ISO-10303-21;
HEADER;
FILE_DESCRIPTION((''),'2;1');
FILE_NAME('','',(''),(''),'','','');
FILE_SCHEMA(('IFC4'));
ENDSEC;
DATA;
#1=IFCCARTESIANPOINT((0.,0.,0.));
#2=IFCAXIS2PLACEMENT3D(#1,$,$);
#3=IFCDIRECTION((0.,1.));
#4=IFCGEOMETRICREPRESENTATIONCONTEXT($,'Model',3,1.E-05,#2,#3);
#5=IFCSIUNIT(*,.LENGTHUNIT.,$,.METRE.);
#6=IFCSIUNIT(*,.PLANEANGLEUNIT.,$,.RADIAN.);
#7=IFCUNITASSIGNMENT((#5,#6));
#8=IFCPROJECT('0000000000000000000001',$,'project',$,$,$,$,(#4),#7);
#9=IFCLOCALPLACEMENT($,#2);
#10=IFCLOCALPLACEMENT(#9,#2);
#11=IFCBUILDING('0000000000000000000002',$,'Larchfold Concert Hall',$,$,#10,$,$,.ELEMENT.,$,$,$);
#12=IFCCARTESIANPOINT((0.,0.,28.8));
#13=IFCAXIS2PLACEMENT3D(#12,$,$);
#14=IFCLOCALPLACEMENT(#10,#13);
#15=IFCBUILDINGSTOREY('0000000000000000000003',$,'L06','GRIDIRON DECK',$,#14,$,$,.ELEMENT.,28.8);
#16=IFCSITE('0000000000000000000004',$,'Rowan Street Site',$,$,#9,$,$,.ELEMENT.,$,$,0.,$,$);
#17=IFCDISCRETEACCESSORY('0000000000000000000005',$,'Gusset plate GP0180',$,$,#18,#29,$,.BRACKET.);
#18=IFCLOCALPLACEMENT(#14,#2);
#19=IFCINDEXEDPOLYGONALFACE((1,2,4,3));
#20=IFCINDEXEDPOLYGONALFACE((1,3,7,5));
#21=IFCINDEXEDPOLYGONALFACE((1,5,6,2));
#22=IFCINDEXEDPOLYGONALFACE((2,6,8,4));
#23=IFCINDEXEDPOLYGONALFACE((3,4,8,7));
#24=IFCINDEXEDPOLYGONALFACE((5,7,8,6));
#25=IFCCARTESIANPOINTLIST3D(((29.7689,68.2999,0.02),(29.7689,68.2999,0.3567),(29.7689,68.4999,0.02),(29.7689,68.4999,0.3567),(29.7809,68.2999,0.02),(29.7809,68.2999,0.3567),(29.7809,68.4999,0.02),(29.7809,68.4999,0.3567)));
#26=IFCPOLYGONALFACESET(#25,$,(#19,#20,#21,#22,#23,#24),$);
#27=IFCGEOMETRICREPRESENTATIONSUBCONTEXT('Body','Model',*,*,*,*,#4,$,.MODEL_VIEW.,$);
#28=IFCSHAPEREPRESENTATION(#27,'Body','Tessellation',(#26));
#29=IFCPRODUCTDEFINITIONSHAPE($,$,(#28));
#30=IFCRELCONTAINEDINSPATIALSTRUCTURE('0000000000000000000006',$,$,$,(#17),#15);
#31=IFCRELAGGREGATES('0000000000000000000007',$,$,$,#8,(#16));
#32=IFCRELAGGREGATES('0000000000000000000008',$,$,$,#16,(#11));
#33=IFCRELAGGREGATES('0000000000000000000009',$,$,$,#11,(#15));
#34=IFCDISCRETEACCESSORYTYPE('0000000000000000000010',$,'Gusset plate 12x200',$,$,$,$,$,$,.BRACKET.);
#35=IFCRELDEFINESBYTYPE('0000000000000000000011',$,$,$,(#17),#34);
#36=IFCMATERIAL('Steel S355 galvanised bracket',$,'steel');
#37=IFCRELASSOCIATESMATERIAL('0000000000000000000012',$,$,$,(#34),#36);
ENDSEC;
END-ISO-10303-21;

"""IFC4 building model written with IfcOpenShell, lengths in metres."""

from ifc_helpers import new_model, si_unit, direction, frame, origin, origin_2d, place, context, subcontext, project, spatial, rectangle, extrude, material, material_profile, profile_set, type_object, element, save


model = new_model("IFC4")

# Units and contexts
model_context = context("Model", 3, precision=1e-05, world=origin(), true_north=direction((0.0, 1.0)))
body_context = subcontext(model_context, "Body", "Model", "MODEL_VIEW")
ifc_project = project(units=[si_unit("LENGTHUNIT", "METRE"), si_unit("PLANEANGLEUNIT", "RADIAN")], contexts=[model_context])

# Site, building, storey
site_placement = place(None, origin())
site = spatial("IfcSite", under=ifc_project, at=site_placement, Name="Rowan Street Site", CompositionType="ELEMENT", RefElevation=0.0)
building_placement = place(site_placement, origin())
building = spatial("IfcBuilding", under=site, at=building_placement, Name="Larchfold Concert Hall", CompositionType="ELEMENT")
storey_placement = place(building_placement, frame((0.0, 0.0, 28.8)))
storey = spatial("IfcBuildingStorey", under=building, at=storey_placement, Name="L06", Description="GRIDIRON DECK", CompositionType="ELEMENT", Elevation=28.8)

# Discrete accessory
ifc_material_1 = material(Name="Steel S355 galvanised bracket", Category="steel")
ifc_material_profile_1 = material_profile(ifc_material_1, rectangle(XDim=0.012, YDim=0.2, at=origin_2d()))
ifc_profile_set_1 = profile_set([ifc_material_profile_1], Name="Steel S355 galvanised bracket")
discrete_accessory_type_1 = type_object("IfcDiscreteAccessoryType", Name="Gusset plate 12x200", PredefinedType="BRACKET", material=ifc_profile_set_1)
for number, where, z_axis, x_axis, name in (
    (1, (29.7749, 68.3999, 0.3567), (0.0, 0.0, -1.0), (1.0, 0.0, 0.0), "Gusset plate GP0180"),
):
    element("IfcDiscreteAccessory", number, at=place(storey_placement, frame(where, z_axis=z_axis, x_axis=x_axis)), inside=storey, type_object=discrete_accessory_type_1, Name=name, PredefinedType="BRACKET", context=body_context, shape_type="SweptSolid", body=[
        extrude(rectangle(XDim=0.012, YDim=0.2, at=origin_2d()), origin(), (0.0, 0.0, 1.0), 0.3367),
    ])

save(model, "model.ifc")
